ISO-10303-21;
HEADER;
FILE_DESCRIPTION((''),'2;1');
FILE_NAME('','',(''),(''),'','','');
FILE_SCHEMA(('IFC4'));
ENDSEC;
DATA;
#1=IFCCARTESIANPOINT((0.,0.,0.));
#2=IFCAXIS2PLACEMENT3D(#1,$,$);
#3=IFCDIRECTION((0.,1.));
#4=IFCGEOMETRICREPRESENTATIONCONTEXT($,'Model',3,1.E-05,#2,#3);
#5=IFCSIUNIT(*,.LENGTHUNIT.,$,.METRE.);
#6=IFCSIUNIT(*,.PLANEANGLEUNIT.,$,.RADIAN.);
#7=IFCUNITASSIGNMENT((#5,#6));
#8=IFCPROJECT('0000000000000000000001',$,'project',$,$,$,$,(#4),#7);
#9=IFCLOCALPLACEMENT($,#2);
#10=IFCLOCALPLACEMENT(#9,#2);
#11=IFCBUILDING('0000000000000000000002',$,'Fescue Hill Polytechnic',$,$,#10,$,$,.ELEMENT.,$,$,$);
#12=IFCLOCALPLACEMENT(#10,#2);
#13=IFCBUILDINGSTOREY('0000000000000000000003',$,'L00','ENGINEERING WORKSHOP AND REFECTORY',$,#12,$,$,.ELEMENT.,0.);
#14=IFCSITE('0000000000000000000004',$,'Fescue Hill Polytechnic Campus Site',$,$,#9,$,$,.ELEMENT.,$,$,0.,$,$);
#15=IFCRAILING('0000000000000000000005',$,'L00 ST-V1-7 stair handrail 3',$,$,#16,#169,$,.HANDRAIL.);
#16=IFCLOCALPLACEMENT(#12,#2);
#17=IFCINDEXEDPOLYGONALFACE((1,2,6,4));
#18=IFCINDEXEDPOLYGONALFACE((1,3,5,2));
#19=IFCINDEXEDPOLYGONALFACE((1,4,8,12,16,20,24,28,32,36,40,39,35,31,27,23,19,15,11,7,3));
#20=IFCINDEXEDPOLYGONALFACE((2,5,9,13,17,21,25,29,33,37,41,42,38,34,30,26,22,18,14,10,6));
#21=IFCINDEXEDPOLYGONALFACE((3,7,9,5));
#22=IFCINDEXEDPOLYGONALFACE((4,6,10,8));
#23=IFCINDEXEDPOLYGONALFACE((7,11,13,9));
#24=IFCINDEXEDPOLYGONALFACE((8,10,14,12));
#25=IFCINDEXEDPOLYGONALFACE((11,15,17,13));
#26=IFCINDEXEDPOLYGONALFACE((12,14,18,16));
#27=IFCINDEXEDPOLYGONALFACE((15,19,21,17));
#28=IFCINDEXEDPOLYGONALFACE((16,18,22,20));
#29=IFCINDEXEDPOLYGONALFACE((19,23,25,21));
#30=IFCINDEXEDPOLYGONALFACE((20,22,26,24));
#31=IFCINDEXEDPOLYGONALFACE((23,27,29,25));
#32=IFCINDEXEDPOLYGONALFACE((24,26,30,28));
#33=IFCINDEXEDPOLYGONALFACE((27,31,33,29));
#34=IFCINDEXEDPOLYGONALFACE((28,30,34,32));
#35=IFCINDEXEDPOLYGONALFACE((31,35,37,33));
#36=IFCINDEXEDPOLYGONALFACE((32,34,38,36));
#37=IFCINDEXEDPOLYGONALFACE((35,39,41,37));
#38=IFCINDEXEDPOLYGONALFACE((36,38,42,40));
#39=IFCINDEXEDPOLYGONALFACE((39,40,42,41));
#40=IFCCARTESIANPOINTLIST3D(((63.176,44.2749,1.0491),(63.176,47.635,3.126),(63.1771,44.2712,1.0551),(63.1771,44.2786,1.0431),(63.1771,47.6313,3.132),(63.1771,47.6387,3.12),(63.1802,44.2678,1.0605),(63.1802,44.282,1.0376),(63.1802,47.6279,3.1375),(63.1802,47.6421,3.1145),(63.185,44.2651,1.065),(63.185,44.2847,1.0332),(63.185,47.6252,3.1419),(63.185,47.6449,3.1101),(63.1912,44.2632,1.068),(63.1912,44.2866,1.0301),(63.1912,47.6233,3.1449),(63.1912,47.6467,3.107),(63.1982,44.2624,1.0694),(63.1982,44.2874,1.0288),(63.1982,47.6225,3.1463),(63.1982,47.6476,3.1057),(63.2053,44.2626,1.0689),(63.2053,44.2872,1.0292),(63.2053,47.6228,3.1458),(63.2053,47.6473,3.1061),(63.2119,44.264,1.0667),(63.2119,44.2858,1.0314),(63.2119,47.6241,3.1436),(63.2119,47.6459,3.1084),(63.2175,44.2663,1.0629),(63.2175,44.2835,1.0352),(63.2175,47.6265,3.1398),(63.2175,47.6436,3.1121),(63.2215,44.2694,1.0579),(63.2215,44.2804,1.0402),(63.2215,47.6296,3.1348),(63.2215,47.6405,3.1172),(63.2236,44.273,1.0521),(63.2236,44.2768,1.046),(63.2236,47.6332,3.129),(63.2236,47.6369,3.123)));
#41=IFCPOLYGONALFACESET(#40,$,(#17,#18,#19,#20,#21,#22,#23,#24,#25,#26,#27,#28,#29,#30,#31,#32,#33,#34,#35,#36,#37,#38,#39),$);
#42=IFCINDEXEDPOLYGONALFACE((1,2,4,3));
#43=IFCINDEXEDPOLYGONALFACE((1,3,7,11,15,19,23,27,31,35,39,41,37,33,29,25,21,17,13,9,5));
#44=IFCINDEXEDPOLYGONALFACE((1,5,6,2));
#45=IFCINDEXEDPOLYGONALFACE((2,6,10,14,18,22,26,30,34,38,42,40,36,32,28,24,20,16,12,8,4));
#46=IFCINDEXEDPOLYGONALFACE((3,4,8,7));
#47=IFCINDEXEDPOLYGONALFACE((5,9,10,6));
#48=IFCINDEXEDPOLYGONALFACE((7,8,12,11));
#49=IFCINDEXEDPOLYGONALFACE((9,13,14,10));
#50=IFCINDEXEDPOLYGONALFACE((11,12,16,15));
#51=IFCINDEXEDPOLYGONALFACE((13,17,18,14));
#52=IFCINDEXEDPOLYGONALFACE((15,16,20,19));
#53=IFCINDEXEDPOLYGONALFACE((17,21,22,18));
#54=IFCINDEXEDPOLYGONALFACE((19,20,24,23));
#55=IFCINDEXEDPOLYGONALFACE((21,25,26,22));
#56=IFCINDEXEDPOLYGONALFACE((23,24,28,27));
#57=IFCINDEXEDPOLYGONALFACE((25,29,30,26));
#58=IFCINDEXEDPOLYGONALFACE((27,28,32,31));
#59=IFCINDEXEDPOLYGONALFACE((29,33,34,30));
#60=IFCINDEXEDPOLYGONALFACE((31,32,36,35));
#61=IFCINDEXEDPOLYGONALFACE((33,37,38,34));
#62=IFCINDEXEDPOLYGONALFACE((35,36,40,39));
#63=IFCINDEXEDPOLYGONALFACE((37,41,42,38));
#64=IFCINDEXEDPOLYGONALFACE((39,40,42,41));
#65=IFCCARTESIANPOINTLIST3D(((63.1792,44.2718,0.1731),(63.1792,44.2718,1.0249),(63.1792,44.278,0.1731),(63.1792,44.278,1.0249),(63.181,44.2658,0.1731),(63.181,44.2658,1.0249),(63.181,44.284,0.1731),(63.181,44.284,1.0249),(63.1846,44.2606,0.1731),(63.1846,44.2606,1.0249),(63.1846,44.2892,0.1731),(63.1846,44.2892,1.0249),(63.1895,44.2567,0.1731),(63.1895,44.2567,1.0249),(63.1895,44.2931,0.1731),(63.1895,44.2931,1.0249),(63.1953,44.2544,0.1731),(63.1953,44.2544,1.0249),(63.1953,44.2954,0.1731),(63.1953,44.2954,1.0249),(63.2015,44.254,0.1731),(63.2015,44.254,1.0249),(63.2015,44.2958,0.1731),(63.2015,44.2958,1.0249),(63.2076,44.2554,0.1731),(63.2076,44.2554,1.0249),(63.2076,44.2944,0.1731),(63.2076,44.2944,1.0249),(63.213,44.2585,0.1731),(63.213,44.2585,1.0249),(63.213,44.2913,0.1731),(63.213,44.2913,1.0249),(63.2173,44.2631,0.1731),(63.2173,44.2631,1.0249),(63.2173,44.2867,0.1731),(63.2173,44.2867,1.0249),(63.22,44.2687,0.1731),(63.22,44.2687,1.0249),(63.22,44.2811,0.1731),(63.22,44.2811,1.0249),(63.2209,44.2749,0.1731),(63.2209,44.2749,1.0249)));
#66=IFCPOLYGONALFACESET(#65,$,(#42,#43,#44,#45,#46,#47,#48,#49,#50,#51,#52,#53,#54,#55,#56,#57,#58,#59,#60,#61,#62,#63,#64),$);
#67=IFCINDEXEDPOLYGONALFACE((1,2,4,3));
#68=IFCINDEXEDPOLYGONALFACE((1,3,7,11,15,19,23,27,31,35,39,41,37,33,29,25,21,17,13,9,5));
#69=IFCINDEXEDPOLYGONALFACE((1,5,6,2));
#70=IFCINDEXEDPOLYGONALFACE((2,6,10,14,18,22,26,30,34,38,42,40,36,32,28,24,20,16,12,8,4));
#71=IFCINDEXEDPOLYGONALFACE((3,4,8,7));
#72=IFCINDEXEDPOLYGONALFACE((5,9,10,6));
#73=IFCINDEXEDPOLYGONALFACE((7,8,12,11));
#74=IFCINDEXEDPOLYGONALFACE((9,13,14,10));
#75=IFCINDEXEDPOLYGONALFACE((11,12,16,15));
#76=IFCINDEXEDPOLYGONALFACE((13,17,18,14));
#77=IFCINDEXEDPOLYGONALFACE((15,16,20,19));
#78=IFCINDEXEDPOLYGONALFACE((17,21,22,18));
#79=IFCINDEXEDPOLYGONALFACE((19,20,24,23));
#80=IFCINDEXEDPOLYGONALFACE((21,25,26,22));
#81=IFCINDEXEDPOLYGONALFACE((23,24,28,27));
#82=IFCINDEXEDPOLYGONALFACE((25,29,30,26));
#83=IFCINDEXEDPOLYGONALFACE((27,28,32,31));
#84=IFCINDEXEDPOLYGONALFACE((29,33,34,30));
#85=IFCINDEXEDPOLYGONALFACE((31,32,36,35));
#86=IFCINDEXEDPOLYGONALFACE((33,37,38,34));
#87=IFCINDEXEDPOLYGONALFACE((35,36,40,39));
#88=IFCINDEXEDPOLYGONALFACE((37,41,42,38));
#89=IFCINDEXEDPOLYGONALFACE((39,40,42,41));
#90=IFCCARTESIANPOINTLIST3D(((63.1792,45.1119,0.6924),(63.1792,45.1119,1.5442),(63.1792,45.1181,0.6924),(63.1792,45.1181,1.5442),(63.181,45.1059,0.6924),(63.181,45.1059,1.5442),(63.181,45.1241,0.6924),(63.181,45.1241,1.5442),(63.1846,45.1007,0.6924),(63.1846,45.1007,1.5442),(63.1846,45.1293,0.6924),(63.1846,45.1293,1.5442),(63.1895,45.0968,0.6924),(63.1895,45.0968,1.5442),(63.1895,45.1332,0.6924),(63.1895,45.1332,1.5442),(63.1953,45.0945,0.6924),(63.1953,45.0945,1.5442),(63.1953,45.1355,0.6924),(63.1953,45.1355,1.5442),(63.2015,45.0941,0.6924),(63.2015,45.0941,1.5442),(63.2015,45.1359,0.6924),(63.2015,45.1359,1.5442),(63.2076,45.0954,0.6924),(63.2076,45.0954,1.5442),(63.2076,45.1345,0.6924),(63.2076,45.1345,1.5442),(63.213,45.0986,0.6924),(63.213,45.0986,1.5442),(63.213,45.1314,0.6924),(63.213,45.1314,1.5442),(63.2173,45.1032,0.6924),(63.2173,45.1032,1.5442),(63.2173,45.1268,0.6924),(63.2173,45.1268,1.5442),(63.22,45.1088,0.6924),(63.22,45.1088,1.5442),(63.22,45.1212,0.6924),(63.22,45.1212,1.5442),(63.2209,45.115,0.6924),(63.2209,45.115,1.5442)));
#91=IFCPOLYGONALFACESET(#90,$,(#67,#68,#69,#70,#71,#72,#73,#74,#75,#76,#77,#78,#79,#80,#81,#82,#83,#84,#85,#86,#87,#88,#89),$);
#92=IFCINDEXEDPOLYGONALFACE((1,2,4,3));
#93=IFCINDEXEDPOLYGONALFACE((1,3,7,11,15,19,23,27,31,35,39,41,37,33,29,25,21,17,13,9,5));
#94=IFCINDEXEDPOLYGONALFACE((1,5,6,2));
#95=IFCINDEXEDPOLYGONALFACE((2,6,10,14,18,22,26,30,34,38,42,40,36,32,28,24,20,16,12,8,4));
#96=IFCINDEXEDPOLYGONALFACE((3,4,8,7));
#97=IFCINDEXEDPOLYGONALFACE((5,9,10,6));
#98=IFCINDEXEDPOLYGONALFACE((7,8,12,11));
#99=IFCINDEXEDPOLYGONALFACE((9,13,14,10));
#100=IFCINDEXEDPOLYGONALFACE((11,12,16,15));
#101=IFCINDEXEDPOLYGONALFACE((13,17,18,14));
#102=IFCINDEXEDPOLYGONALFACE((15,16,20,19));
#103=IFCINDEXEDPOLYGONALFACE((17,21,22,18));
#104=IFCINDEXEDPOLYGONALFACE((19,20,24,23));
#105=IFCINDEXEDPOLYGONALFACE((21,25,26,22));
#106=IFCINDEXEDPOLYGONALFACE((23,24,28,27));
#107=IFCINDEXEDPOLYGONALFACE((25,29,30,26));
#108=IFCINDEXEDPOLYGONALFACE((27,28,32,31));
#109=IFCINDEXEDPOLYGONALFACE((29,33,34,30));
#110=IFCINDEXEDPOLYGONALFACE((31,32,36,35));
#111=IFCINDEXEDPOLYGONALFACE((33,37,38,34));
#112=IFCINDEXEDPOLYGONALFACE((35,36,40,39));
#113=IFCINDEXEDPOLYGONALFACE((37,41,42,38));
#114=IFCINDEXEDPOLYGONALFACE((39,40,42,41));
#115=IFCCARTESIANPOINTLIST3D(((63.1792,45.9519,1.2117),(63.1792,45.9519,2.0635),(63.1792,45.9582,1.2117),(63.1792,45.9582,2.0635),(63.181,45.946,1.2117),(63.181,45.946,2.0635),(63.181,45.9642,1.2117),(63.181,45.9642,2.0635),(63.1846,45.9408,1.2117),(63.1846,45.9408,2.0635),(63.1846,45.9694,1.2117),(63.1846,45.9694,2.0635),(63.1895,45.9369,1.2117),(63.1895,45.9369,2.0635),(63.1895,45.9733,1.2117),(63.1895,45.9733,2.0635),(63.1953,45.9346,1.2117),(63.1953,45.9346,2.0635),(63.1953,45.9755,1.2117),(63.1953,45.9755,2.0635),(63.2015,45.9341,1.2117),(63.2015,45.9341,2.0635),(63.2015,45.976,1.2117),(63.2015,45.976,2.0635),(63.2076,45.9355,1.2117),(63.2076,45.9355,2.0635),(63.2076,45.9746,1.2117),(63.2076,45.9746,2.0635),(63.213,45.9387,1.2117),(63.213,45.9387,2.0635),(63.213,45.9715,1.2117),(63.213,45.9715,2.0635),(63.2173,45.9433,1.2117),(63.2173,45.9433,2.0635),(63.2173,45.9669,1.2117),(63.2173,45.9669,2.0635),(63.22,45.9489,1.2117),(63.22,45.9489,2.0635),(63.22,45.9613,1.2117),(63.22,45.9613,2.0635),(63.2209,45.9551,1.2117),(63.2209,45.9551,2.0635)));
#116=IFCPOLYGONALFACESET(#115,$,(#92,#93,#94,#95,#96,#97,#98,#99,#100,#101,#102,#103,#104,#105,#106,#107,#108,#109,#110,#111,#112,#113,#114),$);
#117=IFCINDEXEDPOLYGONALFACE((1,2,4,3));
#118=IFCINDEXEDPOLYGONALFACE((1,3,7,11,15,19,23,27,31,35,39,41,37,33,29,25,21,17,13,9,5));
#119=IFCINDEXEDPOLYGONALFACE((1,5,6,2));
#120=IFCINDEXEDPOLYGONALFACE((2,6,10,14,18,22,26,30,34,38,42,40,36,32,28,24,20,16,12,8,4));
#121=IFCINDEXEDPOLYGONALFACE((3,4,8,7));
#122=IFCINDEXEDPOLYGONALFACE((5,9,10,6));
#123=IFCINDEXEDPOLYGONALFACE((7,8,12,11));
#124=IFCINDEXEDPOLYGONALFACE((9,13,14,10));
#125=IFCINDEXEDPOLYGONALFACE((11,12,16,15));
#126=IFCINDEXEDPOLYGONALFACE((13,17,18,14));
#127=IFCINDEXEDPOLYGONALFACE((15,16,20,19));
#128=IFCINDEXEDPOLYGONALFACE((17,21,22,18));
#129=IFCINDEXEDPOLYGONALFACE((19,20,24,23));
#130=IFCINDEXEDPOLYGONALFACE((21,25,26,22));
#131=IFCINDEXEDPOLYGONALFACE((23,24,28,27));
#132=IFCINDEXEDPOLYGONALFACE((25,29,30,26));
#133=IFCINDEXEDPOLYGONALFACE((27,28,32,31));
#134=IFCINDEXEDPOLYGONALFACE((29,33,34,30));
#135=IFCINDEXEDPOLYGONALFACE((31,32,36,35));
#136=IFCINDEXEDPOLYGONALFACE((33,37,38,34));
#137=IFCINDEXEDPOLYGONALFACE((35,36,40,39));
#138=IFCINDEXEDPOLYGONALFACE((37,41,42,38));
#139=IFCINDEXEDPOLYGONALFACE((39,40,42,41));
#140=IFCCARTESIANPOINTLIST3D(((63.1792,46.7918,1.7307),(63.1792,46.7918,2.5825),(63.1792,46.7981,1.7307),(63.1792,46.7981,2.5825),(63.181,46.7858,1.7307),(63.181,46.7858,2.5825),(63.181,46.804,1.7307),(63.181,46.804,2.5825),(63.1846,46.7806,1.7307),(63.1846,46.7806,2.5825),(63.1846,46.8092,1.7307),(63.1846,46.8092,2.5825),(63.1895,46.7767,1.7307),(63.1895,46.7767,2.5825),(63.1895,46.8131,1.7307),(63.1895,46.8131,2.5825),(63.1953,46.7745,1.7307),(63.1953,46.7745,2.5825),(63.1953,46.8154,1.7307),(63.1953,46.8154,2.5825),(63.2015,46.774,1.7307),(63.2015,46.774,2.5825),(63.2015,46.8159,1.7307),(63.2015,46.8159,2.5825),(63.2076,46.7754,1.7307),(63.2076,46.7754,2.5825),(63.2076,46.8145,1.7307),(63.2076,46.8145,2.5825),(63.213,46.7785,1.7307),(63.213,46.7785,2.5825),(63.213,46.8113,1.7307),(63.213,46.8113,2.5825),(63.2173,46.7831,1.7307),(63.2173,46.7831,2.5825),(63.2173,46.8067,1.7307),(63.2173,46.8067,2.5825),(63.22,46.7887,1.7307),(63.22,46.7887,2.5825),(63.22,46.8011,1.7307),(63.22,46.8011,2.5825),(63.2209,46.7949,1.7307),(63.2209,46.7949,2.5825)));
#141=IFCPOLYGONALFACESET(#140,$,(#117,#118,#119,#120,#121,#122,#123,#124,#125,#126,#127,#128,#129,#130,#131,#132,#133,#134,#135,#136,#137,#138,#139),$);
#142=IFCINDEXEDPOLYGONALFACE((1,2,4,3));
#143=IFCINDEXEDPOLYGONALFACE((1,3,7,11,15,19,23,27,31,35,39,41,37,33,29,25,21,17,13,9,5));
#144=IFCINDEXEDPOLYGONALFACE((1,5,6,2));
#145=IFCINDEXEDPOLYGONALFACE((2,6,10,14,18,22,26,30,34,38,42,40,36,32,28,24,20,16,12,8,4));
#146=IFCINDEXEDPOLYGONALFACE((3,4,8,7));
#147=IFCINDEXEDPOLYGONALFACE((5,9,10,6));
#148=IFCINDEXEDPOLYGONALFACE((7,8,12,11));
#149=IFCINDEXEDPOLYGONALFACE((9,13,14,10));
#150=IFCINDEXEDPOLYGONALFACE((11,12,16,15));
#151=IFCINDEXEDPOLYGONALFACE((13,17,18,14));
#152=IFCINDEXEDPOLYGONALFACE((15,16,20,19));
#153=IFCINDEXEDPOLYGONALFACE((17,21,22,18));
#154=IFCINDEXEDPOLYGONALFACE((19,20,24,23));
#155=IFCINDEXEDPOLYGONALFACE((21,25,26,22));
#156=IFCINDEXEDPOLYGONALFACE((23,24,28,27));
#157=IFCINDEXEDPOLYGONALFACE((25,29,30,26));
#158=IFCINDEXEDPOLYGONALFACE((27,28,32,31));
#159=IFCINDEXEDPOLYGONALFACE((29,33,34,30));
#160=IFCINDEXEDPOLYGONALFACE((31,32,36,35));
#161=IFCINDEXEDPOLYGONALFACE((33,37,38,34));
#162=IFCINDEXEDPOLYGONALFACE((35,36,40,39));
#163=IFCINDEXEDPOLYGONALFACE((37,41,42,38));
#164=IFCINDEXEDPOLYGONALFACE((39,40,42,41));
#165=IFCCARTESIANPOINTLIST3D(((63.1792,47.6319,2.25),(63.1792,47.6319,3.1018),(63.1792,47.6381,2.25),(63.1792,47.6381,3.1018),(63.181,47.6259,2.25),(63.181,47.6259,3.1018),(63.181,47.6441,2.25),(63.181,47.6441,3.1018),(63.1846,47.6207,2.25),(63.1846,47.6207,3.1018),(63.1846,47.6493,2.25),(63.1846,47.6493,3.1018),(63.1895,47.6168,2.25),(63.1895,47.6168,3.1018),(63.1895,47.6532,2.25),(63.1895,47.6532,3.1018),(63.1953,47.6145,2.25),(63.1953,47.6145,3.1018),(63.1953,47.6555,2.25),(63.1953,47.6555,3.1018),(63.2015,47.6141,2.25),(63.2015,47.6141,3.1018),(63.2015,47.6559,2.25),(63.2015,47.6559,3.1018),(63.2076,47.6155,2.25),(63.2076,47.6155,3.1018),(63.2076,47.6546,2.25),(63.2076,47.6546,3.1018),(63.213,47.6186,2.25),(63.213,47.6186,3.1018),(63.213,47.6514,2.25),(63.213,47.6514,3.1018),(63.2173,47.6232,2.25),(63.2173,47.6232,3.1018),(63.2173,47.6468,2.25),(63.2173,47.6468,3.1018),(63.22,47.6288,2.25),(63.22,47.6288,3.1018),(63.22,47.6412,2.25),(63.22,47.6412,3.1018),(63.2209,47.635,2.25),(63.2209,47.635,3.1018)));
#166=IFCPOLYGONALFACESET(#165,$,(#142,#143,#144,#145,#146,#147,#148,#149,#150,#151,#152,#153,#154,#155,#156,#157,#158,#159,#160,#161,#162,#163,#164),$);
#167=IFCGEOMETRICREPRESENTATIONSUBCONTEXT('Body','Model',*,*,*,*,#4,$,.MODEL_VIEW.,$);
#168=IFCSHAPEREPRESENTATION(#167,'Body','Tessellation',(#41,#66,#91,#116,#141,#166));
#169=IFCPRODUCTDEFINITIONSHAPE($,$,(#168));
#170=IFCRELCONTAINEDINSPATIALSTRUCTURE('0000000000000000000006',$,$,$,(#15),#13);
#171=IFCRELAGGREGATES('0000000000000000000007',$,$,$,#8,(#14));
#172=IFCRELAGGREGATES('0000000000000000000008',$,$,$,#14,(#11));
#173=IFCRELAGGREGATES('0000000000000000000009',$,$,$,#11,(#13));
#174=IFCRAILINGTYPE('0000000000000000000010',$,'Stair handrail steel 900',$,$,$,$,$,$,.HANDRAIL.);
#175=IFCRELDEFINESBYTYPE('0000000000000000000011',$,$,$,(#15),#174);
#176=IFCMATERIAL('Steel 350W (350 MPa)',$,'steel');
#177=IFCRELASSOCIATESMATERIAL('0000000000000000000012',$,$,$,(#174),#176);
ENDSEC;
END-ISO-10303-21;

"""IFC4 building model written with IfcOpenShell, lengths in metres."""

from ifc_helpers import new_model, si_unit, direction, frame, origin, origin_2d, place, context, subcontext, project, spatial, circle, extrude, material, type_object, element, save


model = new_model("IFC4")

# Units and contexts
model_context = context("Model", 3, precision=1e-05, world=origin(), true_north=direction((0.0, 1.0)))
body_context = subcontext(model_context, "Body", "Model", "MODEL_VIEW")
ifc_project = project(units=[si_unit("LENGTHUNIT", "METRE"), si_unit("PLANEANGLEUNIT", "RADIAN")], contexts=[model_context])

# Site, building, storey
site_placement = place(None, origin())
site = spatial("IfcSite", under=ifc_project, at=site_placement, Name="Fescue Hill Polytechnic Campus Site", CompositionType="ELEMENT", RefElevation=0.0)
building_placement = place(site_placement, origin())
building = spatial("IfcBuilding", under=site, at=building_placement, Name="Fescue Hill Polytechnic", CompositionType="ELEMENT")
storey_placement = place(building_placement, origin())
storey = spatial("IfcBuildingStorey", under=building, at=storey_placement, Name="L00", Description="ENGINEERING WORKSHOP AND REFECTORY", CompositionType="ELEMENT", Elevation=0.0)

# Railing
ifc_material_1 = material(Name="Steel 350W (350 MPa)", Category="steel")
railing_type_1 = type_object("IfcRailingType", Name="Stair handrail steel 900", PredefinedType="HANDRAIL", material=ifc_material_1)
for number, where, name in (
    (1, (63.2, 44.2749, 0.1731), "L00 ST-V1-7 stair handrail 3"),
):
    element("IfcRailing", number, at=place(storey_placement, frame(where)), inside=storey, type_object=railing_type_1, Name=name, PredefinedType="HANDRAIL", context=body_context, shape_type="SweptSolid", body=[
        extrude(circle(Radius=0.0239, at=origin_2d()), frame((0.0, 0.0, 0.876), z_axis=(0.0, 0.850623, 0.525776), x_axis=(-1.0, 0.0, 0.0)), (0.0, 0.0, 1.0), 3.9502),
        extrude(circle(Radius=0.021, at=origin_2d()), origin(), (0.0, 0.0, 1.0), 0.8518),
        extrude(circle(Radius=0.021, at=origin_2d()), frame((0.0, 0.8401, 0.5193)), (0.0, 0.0, 1.0), 0.8518),
        extrude(circle(Radius=0.021, at=origin_2d()), frame((0.0, 1.6802, 1.0386)), (0.0, 0.0, 1.0), 0.8518),
        extrude(circle(Radius=0.021, at=origin_2d()), frame((0.0, 2.52, 1.5576)), (0.0, 0.0, 1.0), 0.8518),
        extrude(circle(Radius=0.021, at=origin_2d()), frame((0.0, 3.3601, 2.0769)), (0.0, 0.0, 1.0), 0.8518),
    ])

save(model, "model.ifc")
